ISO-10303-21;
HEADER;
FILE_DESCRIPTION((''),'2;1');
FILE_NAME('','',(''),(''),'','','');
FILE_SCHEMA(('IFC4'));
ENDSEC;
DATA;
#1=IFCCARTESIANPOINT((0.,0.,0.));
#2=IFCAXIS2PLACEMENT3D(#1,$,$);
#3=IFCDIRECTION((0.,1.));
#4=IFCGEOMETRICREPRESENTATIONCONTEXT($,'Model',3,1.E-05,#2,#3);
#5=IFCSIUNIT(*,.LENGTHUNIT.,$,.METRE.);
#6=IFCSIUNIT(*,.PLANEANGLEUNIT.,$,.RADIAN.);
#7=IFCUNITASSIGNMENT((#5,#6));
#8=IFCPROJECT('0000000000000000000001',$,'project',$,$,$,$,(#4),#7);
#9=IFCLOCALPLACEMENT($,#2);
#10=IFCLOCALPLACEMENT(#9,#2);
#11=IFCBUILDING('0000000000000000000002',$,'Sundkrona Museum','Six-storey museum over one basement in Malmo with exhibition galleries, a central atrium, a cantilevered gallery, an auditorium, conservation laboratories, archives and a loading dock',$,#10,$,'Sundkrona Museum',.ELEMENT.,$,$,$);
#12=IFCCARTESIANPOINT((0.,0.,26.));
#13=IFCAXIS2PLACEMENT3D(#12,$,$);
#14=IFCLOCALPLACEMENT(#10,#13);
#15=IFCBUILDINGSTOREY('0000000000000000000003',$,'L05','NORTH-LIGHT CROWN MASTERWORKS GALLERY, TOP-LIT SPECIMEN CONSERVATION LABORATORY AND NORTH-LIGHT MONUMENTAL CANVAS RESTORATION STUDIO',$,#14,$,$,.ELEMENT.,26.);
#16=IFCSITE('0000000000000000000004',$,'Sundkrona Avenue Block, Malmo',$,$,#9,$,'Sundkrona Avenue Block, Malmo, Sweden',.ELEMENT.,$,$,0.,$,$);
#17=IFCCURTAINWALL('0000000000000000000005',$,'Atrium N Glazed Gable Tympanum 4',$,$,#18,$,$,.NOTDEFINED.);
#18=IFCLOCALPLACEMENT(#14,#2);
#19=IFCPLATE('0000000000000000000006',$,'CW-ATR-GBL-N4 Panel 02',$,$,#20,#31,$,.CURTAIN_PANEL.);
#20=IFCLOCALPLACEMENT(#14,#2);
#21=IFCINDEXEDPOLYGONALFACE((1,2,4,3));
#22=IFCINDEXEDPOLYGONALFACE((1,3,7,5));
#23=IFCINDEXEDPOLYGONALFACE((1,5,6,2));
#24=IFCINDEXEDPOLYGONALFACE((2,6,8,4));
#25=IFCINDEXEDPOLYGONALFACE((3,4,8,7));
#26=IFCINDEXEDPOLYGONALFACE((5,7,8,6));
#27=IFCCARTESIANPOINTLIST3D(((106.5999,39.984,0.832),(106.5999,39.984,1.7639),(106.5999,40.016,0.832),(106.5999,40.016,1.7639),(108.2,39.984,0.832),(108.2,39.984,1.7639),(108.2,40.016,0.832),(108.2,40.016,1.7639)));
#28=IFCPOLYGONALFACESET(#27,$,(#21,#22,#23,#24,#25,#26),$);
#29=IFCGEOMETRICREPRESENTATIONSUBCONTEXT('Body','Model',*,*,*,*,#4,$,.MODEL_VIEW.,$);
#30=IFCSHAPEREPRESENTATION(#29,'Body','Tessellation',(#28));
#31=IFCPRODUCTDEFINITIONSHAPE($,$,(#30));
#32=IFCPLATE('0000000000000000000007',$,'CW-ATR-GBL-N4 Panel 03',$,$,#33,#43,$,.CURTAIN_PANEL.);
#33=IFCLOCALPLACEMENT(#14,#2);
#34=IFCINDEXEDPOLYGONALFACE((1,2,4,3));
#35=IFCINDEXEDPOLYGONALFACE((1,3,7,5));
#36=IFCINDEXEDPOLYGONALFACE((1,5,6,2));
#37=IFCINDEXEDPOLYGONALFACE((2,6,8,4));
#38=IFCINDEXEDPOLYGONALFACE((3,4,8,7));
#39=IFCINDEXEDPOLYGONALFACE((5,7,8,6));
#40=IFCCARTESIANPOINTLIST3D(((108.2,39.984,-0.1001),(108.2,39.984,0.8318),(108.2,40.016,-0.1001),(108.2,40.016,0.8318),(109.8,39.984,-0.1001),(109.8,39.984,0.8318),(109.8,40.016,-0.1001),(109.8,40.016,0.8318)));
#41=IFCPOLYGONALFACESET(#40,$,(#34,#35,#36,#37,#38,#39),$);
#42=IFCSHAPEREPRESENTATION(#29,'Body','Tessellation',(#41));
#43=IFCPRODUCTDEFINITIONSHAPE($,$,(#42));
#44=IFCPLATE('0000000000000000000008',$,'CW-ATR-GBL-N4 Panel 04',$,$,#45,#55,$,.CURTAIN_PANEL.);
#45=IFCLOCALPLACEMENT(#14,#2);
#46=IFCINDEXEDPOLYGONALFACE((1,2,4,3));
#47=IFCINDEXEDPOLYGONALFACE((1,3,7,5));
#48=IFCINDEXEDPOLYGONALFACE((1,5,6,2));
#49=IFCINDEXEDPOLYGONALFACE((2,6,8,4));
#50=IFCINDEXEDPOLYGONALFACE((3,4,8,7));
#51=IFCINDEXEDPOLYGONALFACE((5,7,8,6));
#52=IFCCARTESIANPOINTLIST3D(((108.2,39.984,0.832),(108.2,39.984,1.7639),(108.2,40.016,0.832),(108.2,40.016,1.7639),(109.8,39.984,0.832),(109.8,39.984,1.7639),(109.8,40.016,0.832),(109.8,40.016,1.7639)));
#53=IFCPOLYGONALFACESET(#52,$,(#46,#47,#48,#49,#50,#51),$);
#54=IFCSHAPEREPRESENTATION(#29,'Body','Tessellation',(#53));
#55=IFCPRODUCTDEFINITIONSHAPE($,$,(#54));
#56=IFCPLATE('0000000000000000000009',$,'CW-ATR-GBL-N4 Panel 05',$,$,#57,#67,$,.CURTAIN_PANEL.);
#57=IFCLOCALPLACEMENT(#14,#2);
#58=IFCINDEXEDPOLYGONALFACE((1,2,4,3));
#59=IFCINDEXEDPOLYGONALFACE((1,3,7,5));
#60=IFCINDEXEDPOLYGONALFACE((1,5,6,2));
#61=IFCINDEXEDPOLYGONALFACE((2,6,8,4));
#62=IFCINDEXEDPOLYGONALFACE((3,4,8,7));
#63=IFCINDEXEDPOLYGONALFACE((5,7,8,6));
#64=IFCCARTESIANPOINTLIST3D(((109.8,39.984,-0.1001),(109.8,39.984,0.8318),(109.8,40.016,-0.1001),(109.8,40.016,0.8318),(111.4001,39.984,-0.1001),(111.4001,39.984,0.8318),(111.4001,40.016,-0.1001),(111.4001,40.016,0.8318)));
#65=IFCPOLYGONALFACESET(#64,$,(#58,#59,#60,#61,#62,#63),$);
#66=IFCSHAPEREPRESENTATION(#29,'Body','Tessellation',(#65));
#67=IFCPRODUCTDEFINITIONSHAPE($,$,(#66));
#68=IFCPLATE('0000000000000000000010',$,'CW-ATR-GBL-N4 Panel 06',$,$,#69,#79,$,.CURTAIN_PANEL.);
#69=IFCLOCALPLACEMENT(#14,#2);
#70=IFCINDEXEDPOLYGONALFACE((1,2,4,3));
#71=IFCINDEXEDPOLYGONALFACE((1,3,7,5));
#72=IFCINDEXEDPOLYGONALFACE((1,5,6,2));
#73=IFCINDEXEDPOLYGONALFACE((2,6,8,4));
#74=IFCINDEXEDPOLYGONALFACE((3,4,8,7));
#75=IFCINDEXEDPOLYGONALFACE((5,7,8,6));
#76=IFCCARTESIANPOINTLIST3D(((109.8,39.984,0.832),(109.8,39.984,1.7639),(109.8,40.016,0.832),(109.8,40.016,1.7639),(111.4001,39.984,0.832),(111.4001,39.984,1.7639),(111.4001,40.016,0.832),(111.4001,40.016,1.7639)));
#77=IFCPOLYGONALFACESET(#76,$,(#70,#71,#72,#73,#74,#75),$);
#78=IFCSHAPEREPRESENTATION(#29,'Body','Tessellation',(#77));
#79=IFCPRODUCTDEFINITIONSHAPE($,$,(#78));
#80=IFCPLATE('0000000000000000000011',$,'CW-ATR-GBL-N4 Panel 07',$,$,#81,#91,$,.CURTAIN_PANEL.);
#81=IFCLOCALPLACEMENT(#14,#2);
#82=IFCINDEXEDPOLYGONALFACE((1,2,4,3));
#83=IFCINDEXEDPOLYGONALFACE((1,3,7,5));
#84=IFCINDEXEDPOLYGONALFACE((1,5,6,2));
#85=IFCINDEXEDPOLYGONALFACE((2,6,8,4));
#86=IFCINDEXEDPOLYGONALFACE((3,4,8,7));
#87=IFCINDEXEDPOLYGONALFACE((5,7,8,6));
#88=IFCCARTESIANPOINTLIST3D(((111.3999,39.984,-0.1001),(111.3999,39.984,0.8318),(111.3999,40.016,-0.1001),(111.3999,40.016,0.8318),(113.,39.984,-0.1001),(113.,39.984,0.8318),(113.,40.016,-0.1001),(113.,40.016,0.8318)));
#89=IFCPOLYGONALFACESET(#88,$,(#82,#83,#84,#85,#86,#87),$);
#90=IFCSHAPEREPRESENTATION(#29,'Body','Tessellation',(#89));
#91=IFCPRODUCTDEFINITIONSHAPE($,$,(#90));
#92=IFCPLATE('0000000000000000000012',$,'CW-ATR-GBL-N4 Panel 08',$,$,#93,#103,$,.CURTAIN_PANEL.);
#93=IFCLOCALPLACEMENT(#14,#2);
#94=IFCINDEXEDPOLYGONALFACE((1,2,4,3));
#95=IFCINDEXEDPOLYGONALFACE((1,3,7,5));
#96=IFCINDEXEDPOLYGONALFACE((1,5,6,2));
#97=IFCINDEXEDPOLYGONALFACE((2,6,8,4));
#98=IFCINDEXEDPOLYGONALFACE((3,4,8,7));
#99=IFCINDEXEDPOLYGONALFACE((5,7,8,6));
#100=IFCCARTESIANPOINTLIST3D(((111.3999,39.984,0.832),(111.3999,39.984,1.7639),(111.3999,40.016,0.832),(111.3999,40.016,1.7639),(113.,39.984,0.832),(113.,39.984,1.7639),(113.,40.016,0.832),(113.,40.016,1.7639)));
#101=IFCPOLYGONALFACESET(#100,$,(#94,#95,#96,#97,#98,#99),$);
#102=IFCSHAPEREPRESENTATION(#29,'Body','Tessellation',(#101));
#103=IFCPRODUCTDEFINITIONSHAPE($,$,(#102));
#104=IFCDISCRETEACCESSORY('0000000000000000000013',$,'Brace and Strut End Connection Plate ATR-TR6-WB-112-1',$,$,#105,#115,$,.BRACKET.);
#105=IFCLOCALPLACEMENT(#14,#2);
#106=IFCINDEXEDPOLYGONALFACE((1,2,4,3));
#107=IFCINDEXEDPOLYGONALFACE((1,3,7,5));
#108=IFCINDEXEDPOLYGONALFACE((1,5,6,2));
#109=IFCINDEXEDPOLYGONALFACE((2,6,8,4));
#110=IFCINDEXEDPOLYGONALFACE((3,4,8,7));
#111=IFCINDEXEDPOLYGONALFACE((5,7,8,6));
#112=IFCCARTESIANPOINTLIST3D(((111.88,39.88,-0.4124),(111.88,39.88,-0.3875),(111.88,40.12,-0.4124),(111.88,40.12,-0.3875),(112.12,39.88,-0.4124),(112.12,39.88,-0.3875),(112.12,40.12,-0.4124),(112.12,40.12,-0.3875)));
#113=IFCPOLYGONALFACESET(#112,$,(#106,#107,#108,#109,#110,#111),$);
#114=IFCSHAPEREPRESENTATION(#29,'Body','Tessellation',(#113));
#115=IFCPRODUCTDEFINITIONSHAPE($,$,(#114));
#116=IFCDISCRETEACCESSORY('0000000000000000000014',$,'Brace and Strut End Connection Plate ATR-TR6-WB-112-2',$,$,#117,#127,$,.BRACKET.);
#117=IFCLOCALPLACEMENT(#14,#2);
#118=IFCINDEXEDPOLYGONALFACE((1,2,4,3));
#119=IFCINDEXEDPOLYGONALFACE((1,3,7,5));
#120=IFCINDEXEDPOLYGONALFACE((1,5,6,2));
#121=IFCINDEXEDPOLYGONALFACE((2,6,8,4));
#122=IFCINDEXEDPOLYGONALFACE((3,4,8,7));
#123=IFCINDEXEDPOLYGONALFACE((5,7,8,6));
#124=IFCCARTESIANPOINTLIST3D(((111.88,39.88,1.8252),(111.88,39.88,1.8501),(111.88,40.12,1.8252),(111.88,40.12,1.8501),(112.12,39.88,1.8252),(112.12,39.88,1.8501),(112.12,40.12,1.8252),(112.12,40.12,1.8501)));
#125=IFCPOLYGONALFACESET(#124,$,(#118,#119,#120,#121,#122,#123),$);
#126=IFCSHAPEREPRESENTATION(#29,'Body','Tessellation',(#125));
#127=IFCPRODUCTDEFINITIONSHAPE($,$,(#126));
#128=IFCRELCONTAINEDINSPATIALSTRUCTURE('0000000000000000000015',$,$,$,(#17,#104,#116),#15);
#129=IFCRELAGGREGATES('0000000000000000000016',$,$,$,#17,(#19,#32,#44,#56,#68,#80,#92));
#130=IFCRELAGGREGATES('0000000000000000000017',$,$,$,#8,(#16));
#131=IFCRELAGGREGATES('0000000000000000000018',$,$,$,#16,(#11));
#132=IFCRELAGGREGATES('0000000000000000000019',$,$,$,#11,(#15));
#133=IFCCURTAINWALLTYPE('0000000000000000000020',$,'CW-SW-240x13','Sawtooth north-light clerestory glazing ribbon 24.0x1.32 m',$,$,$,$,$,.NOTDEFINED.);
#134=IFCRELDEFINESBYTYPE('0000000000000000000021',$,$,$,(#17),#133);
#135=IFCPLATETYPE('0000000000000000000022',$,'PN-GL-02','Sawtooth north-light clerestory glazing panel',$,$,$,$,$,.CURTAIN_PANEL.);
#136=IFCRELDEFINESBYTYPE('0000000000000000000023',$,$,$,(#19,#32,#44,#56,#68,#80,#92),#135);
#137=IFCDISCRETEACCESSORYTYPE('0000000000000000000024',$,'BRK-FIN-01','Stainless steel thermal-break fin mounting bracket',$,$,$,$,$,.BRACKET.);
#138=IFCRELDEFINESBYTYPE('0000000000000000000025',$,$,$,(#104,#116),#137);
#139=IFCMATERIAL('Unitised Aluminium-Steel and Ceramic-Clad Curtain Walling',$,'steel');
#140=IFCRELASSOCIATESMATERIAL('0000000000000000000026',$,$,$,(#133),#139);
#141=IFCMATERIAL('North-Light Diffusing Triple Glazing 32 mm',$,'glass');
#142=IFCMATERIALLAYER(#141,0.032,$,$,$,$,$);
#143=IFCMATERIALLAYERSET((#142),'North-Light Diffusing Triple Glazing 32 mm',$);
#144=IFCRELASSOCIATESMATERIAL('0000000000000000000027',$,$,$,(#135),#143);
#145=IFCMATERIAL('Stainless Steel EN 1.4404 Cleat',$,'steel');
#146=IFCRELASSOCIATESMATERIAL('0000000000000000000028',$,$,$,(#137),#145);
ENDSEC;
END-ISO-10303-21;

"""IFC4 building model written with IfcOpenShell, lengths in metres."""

from ifc_helpers import new_model, si_unit, direction, frame, origin, origin_2d, place, context, subcontext, project, spatial, rectangle, extrude, material, layer, layer_set, type_object, element, aggregate, save


model = new_model("IFC4")

# Units and contexts
model_context = context("Model", 3, precision=1e-05, world=origin(), true_north=direction((0.0, 1.0)))
body_context = subcontext(model_context, "Body", "Model", "MODEL_VIEW")
ifc_project = project(units=[si_unit("LENGTHUNIT", "METRE"), si_unit("PLANEANGLEUNIT", "RADIAN")], contexts=[model_context])

# Site, building, storey
site_placement = place(None, origin())
site = spatial("IfcSite", under=ifc_project, at=site_placement, Name="Sundkrona Avenue Block, Malmo", LongName="Sundkrona Avenue Block, Malmo, Sweden", CompositionType="ELEMENT", RefElevation=0.0)
building_placement = place(site_placement, origin())
building = spatial("IfcBuilding", under=site, at=building_placement, Name="Sundkrona Museum", Description="Six-storey museum over one basement in Malmo with exhibition galleries, a central atrium, a cantilevered gallery, an auditorium, conservation laboratories, archives and a loading dock", LongName="Sundkrona Museum", CompositionType="ELEMENT")
storey_placement = place(building_placement, frame((0.0, 0.0, 26.0)))
storey = spatial("IfcBuildingStorey", under=building, at=storey_placement, Name="L05", Description="NORTH-LIGHT CROWN MASTERWORKS GALLERY, TOP-LIT SPECIMEN CONSERVATION LABORATORY AND NORTH-LIGHT MONUMENTAL CANVAS RESTORATION STUDIO", CompositionType="ELEMENT", Elevation=26.0)

# Curtain wall
ifc_material_1 = material(Name="Unitised Aluminium-Steel and Ceramic-Clad Curtain Walling", Category="steel")
curtain_wall_type = type_object("IfcCurtainWallType", Name="CW-SW-240x13", Description="Sawtooth north-light clerestory glazing ribbon 24.0x1.32 m", PredefinedType="NOTDEFINED", material=ifc_material_1)
curtain_wall_placement = place(storey_placement, origin())
curtain_wall = element("IfcCurtainWall", 1, at=curtain_wall_placement, inside=storey, type_object=curtain_wall_type, Name="Atrium N Glazed Gable Tympanum 4", PredefinedType="NOTDEFINED")

# Plates
ifc_material_2 = material(Name="North-Light Diffusing Triple Glazing 32 mm", Category="glass")
ifc_layer = layer(ifc_material_2, 0.032)
ifc_layer_set = layer_set([ifc_layer], Name="North-Light Diffusing Triple Glazing 32 mm")
plate_type = type_object("IfcPlateType", Name="PN-GL-02", Description="Sawtooth north-light clerestory glazing panel", PredefinedType="CURTAIN_PANEL", material=ifc_layer_set)
plate_1_placement = place(storey_placement, frame((107.3999, 40.0, 0.832), z_axis=(0.0, 0.0, 1.0), x_axis=(1.0, 0.0, 0.0)))
plate_1 = element("IfcPlate", 2, at=plate_1_placement, type_object=plate_type, Name="CW-ATR-GBL-N4 Panel 02", PredefinedType="CURTAIN_PANEL", context=body_context, shape_type="SweptSolid", body=[
    extrude(rectangle(XDim=1.6001, YDim=0.032, at=origin_2d()), origin(), (0.0, 0.0, 1.0), 0.9319),
])
plate_2_placement = place(storey_placement, frame((109.0, 40.0, -0.1001), z_axis=(0.0, 0.0, 1.0), x_axis=(1.0, 0.0, 0.0)))
plate_2 = element("IfcPlate", 3, at=plate_2_placement, type_object=plate_type, Name="CW-ATR-GBL-N4 Panel 03", PredefinedType="CURTAIN_PANEL", context=body_context, shape_type="SweptSolid", body=[
    extrude(rectangle(XDim=1.6001, YDim=0.032, at=origin_2d()), origin(), (0.0, 0.0, 1.0), 0.9319),
])
plate_3_placement = place(storey_placement, frame((109.0, 40.0, 0.832), z_axis=(0.0, 0.0, 1.0), x_axis=(1.0, 0.0, 0.0)))
plate_3 = element("IfcPlate", 4, at=plate_3_placement, type_object=plate_type, Name="CW-ATR-GBL-N4 Panel 04", PredefinedType="CURTAIN_PANEL", context=body_context, shape_type="SweptSolid", body=[
    extrude(rectangle(XDim=1.6001, YDim=0.032, at=origin_2d()), origin(), (0.0, 0.0, 1.0), 0.9319),
])
plate_4_placement = place(storey_placement, frame((110.6001, 40.0, -0.1001), z_axis=(0.0, 0.0, 1.0), x_axis=(1.0, 0.0, 0.0)))
plate_4 = element("IfcPlate", 5, at=plate_4_placement, type_object=plate_type, Name="CW-ATR-GBL-N4 Panel 05", PredefinedType="CURTAIN_PANEL", context=body_context, shape_type="SweptSolid", body=[
    extrude(rectangle(XDim=1.6001, YDim=0.032, at=origin_2d()), origin(), (0.0, 0.0, 1.0), 0.9319),
])
plate_5_placement = place(storey_placement, frame((110.6001, 40.0, 0.832), z_axis=(0.0, 0.0, 1.0), x_axis=(1.0, 0.0, 0.0)))
plate_5 = element("IfcPlate", 6, at=plate_5_placement, type_object=plate_type, Name="CW-ATR-GBL-N4 Panel 06", PredefinedType="CURTAIN_PANEL", context=body_context, shape_type="SweptSolid", body=[
    extrude(rectangle(XDim=1.6001, YDim=0.032, at=origin_2d()), origin(), (0.0, 0.0, 1.0), 0.9319),
])
plate_6_placement = place(storey_placement, frame((112.2, 40.0, -0.1001), z_axis=(0.0, 0.0, 1.0), x_axis=(1.0, 0.0, 0.0)))
plate_6 = element("IfcPlate", 7, at=plate_6_placement, type_object=plate_type, Name="CW-ATR-GBL-N4 Panel 07", PredefinedType="CURTAIN_PANEL", context=body_context, shape_type="SweptSolid", body=[
    extrude(rectangle(XDim=1.6001, YDim=0.032, at=origin_2d()), origin(), (0.0, 0.0, 1.0), 0.9319),
])
plate_7_placement = place(storey_placement, frame((112.2, 40.0, 0.832), z_axis=(0.0, 0.0, 1.0), x_axis=(1.0, 0.0, 0.0)))
plate_7 = element("IfcPlate", 8, at=plate_7_placement, type_object=plate_type, Name="CW-ATR-GBL-N4 Panel 08", PredefinedType="CURTAIN_PANEL", context=body_context, shape_type="SweptSolid", body=[
    extrude(rectangle(XDim=1.6001, YDim=0.032, at=origin_2d()), origin(), (0.0, 0.0, 1.0), 0.9319),
])
aggregate(curtain_wall, [plate_1, plate_2, plate_3, plate_4, plate_5, plate_6, plate_7])

# Discrete accessories
ifc_material_3 = material(Name="Stainless Steel EN 1.4404 Cleat", Category="steel")
discrete_accessory_type = type_object("IfcDiscreteAccessoryType", Name="BRK-FIN-01", Description="Stainless steel thermal-break fin mounting bracket", PredefinedType="BRACKET", material=ifc_material_3)
for number, where, z_axis, x_axis, name in (
    (9, (112.0, 40.0, -0.4124), (0.0, 0.0, 1.0), (1.0, 0.0, 0.0), "Brace and Strut End Connection Plate ATR-TR6-WB-112-1"),
    (10, (112.0, 40.0, 1.8252), (0.0, 0.0, 1.0), (1.0, 0.0, 0.0), "Brace and Strut End Connection Plate ATR-TR6-WB-112-2"),
):
    element("IfcDiscreteAccessory", number, at=place(storey_placement, frame(where, z_axis=z_axis, x_axis=x_axis)), inside=storey, type_object=discrete_accessory_type, Name=name, PredefinedType="BRACKET", context=body_context, shape_type="SweptSolid", body=[
        extrude(rectangle(XDim=0.24, YDim=0.24, at=origin_2d()), origin(), (0.0, 0.0, 1.0), 0.0249),
    ])

save(model, "model.ifc")
